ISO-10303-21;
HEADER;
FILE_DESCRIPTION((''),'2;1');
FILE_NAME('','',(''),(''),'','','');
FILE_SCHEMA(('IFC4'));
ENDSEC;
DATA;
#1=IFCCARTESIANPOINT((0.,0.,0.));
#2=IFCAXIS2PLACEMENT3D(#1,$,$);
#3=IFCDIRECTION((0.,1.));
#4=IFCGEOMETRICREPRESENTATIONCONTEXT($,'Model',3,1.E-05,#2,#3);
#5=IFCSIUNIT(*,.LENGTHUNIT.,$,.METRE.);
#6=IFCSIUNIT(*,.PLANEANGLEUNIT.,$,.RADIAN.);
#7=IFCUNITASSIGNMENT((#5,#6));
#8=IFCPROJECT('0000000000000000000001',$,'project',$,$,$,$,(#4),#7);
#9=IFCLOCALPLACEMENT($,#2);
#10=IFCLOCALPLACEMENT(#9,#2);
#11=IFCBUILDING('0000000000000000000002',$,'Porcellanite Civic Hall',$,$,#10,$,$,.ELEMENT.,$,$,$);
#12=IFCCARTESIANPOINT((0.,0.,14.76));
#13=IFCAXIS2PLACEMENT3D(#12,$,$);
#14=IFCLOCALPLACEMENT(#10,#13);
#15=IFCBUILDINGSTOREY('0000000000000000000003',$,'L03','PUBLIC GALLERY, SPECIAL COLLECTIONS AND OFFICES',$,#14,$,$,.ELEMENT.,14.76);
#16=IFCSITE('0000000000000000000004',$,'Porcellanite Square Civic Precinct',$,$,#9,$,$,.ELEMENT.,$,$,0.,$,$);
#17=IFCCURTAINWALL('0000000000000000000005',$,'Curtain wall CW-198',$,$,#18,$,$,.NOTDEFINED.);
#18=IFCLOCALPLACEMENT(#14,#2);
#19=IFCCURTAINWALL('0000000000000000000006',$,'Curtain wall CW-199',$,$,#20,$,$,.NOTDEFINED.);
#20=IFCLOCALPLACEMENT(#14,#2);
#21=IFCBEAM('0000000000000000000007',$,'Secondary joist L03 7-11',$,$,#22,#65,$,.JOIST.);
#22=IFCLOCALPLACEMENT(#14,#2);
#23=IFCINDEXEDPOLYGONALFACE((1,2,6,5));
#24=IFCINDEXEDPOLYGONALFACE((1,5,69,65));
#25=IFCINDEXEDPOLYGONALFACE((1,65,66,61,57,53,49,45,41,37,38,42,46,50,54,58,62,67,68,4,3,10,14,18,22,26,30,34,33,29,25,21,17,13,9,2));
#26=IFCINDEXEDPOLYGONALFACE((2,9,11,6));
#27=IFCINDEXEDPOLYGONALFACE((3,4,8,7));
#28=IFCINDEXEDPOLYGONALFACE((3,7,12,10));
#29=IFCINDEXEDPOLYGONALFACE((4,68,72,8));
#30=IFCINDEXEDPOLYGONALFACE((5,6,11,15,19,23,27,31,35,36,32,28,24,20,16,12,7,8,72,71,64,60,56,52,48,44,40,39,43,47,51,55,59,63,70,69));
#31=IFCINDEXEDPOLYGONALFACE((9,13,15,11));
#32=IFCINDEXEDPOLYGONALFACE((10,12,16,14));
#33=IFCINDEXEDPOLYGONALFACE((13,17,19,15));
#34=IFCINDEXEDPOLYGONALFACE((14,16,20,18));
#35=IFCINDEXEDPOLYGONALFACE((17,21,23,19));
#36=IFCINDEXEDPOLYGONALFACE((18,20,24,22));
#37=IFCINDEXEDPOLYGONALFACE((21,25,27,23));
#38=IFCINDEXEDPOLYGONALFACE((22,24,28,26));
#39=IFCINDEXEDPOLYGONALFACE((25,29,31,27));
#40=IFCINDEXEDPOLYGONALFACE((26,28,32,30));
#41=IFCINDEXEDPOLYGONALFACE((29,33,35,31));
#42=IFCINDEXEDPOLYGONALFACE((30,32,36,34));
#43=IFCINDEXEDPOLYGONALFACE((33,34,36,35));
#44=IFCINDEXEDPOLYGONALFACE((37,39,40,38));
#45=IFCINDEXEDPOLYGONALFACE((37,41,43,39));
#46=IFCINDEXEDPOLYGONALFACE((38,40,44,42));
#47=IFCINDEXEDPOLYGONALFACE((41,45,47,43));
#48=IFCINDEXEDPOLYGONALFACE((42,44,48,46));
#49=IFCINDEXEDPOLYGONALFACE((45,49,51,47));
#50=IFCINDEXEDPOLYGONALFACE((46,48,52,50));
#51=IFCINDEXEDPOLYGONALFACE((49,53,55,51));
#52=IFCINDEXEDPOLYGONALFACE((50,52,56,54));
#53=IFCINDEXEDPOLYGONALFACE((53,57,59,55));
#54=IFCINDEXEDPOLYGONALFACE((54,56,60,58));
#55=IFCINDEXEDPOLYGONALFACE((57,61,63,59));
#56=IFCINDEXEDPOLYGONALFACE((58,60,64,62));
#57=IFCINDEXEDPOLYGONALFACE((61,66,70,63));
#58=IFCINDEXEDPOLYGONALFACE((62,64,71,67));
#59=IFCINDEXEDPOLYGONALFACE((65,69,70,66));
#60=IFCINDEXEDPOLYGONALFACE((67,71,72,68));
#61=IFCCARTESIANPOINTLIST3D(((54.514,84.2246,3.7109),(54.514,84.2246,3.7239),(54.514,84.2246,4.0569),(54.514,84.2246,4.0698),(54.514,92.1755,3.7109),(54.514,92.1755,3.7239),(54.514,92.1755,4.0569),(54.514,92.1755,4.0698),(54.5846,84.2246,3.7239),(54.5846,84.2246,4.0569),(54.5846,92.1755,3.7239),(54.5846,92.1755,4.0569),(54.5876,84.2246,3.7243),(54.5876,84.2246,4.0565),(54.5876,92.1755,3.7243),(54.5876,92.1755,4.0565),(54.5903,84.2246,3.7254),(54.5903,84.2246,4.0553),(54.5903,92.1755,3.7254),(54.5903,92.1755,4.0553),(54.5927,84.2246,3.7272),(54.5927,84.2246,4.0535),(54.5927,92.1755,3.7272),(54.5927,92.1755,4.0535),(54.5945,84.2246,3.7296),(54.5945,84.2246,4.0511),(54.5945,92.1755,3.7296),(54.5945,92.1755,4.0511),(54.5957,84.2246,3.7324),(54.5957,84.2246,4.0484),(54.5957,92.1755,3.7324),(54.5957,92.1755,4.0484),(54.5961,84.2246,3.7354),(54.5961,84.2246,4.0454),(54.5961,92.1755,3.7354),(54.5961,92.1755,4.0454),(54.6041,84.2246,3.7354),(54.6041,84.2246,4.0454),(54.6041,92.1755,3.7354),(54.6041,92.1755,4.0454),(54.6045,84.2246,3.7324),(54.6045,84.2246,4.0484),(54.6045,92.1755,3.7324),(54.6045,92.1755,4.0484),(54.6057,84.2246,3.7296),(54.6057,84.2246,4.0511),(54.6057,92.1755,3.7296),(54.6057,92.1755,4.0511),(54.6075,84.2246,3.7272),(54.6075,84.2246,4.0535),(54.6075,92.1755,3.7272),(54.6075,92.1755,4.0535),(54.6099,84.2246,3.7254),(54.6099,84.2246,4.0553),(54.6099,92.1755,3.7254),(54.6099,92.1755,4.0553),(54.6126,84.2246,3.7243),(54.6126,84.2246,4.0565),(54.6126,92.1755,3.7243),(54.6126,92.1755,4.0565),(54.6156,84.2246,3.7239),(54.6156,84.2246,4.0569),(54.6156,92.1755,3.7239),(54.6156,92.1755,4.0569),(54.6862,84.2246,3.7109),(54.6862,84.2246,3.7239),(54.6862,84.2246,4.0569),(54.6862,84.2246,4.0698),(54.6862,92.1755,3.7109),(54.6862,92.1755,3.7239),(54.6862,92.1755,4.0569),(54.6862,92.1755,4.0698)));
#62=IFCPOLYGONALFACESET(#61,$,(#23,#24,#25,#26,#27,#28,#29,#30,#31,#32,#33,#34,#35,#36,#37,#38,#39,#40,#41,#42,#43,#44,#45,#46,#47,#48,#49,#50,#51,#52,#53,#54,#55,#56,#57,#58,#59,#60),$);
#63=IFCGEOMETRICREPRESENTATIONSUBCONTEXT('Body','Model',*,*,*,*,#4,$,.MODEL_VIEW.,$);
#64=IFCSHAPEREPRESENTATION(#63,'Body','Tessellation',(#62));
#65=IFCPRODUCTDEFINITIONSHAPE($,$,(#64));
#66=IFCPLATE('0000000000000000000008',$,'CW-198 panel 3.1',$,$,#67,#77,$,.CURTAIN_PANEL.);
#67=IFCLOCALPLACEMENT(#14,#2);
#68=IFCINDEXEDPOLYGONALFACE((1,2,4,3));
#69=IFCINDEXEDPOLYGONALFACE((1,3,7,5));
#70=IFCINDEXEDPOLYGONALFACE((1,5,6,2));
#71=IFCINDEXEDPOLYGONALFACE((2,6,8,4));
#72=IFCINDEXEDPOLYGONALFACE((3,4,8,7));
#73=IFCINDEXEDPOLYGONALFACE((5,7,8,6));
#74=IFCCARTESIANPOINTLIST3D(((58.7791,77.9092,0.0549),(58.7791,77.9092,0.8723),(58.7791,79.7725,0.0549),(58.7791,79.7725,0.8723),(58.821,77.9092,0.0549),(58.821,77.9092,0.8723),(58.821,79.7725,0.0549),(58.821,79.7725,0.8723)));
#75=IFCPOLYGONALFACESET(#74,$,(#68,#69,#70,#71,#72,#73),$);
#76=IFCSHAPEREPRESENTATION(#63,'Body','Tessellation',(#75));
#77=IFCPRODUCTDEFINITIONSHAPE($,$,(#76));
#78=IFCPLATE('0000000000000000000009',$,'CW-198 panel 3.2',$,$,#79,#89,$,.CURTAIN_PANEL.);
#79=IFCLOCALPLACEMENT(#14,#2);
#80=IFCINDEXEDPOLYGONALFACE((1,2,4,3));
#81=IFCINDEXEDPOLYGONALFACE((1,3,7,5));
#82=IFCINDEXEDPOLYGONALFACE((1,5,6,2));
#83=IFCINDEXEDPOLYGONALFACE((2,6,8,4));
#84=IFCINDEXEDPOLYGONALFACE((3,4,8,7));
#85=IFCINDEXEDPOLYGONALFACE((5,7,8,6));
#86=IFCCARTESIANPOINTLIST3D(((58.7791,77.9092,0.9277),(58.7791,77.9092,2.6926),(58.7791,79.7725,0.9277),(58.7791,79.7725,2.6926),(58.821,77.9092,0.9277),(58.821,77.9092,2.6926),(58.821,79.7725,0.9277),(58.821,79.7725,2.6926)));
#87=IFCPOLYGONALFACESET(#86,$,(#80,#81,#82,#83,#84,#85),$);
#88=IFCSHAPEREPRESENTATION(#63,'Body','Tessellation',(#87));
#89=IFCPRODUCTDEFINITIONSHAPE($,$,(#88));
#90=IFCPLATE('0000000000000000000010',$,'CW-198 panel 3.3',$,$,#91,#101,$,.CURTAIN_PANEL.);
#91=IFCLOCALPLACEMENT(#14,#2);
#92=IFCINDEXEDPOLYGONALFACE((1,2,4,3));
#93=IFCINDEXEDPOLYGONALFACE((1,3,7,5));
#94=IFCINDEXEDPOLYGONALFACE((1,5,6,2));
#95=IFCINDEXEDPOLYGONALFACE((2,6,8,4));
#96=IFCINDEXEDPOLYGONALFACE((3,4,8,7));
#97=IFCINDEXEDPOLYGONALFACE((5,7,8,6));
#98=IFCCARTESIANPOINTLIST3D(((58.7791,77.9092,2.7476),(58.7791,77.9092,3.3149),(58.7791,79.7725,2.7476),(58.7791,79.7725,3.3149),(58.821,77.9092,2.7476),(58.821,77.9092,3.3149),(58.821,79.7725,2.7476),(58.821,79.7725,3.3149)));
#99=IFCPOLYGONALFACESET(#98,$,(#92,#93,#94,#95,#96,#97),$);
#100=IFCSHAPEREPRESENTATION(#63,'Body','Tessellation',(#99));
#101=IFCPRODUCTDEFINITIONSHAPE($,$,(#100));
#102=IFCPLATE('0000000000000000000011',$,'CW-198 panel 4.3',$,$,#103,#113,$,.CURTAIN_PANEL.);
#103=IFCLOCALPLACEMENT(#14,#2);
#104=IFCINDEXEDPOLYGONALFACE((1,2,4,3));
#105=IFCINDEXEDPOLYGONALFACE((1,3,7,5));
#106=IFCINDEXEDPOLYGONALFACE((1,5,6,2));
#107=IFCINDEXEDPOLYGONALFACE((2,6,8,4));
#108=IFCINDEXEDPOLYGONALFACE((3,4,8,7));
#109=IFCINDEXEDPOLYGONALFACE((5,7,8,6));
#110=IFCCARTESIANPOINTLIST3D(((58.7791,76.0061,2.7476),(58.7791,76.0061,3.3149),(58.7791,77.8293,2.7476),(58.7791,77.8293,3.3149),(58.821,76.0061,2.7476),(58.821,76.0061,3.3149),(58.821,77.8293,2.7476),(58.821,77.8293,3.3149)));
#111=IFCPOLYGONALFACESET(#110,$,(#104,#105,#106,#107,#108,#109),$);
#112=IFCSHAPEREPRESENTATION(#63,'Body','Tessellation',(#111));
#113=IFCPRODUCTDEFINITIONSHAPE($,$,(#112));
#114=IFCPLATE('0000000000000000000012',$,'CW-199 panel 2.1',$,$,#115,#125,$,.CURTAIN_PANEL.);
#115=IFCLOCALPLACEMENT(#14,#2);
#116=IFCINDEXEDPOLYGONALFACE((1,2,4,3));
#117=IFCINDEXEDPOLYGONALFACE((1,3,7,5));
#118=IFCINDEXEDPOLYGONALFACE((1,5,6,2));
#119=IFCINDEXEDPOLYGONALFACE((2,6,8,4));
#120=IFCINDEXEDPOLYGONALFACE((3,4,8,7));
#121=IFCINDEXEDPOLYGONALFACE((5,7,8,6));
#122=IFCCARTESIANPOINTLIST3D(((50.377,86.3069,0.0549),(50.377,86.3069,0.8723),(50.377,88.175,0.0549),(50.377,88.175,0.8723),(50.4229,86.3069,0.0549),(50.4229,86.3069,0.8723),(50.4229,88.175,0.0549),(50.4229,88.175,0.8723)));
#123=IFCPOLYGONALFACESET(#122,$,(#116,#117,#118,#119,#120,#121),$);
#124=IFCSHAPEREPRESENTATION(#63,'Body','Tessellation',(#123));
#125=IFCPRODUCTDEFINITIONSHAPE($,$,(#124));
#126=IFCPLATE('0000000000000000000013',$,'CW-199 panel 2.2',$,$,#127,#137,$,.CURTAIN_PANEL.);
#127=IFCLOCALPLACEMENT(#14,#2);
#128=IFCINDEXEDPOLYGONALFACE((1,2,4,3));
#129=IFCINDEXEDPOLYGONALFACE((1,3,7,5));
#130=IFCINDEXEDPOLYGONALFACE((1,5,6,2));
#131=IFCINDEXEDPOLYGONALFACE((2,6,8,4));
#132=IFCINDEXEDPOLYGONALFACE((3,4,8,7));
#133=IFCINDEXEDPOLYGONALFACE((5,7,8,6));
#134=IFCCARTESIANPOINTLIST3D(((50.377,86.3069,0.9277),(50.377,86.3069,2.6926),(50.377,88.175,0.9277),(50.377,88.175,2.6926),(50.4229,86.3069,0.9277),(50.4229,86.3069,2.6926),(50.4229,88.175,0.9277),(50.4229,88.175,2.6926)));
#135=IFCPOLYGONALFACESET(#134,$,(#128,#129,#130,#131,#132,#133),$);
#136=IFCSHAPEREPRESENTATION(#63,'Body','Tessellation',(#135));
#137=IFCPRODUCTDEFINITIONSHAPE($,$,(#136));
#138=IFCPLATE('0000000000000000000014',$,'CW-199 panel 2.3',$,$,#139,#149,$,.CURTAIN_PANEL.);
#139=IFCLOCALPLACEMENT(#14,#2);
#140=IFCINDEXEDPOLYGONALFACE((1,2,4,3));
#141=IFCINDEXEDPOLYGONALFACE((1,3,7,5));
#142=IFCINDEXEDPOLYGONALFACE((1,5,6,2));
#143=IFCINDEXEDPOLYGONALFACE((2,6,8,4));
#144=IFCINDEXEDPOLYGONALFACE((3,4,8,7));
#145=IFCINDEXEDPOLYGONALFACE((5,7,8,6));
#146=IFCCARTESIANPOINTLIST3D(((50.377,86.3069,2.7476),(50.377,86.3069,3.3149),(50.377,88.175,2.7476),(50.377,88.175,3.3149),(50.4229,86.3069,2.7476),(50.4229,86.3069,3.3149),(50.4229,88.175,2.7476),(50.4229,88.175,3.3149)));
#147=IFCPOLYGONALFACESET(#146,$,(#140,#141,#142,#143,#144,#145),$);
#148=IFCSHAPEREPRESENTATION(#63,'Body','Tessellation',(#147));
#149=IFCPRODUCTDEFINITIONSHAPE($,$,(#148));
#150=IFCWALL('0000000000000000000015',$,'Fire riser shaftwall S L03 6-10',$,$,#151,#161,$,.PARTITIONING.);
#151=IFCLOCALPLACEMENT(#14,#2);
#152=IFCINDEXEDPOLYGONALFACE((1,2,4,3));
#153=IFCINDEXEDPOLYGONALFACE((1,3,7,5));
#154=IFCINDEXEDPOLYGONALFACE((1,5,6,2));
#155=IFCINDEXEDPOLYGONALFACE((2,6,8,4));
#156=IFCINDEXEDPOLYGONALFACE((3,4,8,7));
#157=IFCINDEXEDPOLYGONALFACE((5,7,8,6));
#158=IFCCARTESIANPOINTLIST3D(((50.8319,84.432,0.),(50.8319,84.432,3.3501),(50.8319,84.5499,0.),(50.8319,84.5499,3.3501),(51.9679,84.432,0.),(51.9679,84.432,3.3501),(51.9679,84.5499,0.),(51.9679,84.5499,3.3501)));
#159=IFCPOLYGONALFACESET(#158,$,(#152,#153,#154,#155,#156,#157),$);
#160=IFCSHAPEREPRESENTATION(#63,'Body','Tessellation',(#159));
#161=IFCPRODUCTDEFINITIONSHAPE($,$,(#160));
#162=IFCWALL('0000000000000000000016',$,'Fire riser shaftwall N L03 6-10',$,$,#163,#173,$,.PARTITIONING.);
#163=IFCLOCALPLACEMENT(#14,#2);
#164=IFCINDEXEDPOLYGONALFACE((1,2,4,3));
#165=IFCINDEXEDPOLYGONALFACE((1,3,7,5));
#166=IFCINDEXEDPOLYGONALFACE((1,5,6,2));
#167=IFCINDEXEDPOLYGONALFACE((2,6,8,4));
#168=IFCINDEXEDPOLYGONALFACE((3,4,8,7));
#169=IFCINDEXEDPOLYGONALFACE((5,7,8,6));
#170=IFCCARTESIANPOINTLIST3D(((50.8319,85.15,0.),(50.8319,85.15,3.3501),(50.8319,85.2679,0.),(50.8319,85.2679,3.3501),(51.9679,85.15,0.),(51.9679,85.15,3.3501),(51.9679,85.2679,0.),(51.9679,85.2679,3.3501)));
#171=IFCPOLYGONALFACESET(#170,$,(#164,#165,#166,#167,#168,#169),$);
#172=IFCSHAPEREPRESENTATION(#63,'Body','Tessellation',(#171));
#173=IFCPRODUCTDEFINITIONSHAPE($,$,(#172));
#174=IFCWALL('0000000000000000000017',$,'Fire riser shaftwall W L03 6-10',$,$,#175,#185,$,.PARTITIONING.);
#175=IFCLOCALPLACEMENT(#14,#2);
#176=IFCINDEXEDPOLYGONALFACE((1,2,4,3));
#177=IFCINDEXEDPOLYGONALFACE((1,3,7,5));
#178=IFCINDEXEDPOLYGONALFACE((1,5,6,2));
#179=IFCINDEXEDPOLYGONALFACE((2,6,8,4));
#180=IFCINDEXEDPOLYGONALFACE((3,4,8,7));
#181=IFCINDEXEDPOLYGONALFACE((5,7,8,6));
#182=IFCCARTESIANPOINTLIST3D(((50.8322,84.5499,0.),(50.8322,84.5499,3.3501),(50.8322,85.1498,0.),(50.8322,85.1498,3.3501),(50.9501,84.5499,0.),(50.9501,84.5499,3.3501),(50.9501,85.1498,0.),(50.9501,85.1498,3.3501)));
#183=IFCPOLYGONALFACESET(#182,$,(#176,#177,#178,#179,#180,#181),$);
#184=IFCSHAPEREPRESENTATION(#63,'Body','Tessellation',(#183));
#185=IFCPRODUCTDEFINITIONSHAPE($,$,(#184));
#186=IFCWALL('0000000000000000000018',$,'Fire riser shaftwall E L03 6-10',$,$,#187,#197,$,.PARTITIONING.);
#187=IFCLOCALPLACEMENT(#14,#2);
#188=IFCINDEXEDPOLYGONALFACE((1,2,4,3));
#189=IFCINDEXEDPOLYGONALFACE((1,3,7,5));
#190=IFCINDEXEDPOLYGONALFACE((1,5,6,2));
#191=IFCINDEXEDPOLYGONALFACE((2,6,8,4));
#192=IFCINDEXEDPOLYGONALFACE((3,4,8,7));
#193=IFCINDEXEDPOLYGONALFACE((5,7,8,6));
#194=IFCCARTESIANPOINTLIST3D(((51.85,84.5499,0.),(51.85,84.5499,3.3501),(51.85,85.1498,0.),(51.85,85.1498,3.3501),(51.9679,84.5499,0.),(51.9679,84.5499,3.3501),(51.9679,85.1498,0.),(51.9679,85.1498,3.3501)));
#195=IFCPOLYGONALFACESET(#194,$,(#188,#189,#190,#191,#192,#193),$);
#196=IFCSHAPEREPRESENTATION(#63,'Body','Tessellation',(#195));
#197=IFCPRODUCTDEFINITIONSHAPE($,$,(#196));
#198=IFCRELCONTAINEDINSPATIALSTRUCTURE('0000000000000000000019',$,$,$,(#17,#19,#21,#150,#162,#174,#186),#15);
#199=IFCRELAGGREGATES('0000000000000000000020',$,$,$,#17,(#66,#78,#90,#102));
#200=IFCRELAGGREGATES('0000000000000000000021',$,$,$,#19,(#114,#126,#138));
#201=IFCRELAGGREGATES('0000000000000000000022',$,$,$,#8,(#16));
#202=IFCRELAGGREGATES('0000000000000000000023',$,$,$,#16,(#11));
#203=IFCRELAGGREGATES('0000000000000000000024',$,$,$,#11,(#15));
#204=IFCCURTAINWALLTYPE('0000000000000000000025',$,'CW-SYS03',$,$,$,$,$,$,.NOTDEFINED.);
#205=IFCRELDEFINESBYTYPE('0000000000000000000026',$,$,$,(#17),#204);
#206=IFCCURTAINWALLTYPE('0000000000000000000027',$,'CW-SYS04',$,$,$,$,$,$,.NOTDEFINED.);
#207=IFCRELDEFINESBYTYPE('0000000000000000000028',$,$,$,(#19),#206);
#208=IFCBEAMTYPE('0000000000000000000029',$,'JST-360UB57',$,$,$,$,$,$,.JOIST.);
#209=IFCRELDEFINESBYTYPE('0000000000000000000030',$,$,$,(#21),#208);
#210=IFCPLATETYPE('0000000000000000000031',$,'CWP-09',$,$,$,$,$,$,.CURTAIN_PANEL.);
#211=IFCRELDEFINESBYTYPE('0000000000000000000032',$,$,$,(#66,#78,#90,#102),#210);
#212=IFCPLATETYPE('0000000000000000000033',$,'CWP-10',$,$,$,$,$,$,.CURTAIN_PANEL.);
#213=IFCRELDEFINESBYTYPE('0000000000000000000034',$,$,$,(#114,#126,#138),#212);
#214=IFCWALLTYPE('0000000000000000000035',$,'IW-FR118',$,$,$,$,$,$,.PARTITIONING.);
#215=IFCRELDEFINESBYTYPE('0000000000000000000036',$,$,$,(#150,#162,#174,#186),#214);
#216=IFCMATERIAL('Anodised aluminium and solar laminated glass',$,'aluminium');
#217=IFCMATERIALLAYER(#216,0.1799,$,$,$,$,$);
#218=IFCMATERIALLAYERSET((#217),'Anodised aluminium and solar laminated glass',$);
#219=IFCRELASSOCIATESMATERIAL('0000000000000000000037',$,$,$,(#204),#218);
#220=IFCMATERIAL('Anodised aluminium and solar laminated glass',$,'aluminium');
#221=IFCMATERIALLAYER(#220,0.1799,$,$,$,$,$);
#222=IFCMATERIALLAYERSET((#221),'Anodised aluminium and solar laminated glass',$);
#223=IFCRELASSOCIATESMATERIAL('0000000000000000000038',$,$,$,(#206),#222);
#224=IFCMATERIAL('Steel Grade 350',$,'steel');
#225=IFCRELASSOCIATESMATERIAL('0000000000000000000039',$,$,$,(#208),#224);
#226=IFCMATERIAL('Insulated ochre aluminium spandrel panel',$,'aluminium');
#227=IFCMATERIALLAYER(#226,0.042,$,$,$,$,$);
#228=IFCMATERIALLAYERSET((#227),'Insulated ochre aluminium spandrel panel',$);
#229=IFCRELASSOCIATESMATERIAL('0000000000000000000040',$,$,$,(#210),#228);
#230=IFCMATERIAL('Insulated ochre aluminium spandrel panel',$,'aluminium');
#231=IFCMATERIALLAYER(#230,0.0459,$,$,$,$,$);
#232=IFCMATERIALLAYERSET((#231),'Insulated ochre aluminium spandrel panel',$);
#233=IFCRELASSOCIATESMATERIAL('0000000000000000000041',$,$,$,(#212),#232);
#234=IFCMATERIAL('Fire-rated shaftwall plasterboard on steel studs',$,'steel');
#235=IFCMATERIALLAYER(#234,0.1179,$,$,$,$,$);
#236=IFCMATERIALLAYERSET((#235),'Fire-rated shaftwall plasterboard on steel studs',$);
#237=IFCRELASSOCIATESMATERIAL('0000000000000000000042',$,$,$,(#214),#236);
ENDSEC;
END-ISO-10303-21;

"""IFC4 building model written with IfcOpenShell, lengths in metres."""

from ifc_helpers import new_model, si_unit, direction, frame, frame_2d, origin, origin_2d, place, context, subcontext, project, spatial, rectangle, i_section, extrude, material, layer, layer_set, material_profile, profile_set, type_object, element, aggregate, save


model = new_model("IFC4")

# Units and contexts
model_context = context("Model", 3, precision=1e-05, world=origin(), true_north=direction((0.0, 1.0)))
body_context = subcontext(model_context, "Body", "Model", "MODEL_VIEW")
ifc_project = project(units=[si_unit("LENGTHUNIT", "METRE"), si_unit("PLANEANGLEUNIT", "RADIAN")], contexts=[model_context])

# Site, building, storey
site_placement = place(None, origin())
site = spatial("IfcSite", under=ifc_project, at=site_placement, Name="Porcellanite Square Civic Precinct", CompositionType="ELEMENT", RefElevation=0.0)
building_placement = place(site_placement, origin())
building = spatial("IfcBuilding", under=site, at=building_placement, Name="Porcellanite Civic Hall", CompositionType="ELEMENT")
storey_placement = place(building_placement, frame((0.0, 0.0, 14.76)))
storey = spatial("IfcBuildingStorey", under=building, at=storey_placement, Name="L03", Description="PUBLIC GALLERY, SPECIAL COLLECTIONS AND OFFICES", CompositionType="ELEMENT", Elevation=14.76)

# Curtain walls
ifc_material_1 = material(Name="Anodised aluminium and solar laminated glass", Category="aluminium")
ifc_layer_1 = layer(ifc_material_1, 0.1799)
ifc_layer_set_1 = layer_set([ifc_layer_1], Name="Anodised aluminium and solar laminated glass")
curtain_wall_type_1 = type_object("IfcCurtainWallType", Name="CW-SYS03", PredefinedType="NOTDEFINED", material=ifc_layer_set_1)
curtain_wall_1_placement = place(storey_placement, origin())
curtain_wall_1 = element("IfcCurtainWall", 1, at=curtain_wall_1_placement, inside=storey, type_object=curtain_wall_type_1, Name="Curtain wall CW-198", PredefinedType="NOTDEFINED")
ifc_material_2 = material(Name="Anodised aluminium and solar laminated glass", Category="aluminium")
ifc_layer_2 = layer(ifc_material_2, 0.1799)
ifc_layer_set_2 = layer_set([ifc_layer_2], Name="Anodised aluminium and solar laminated glass")
curtain_wall_type_2 = type_object("IfcCurtainWallType", Name="CW-SYS04", PredefinedType="NOTDEFINED", material=ifc_layer_set_2)
curtain_wall_2_placement = place(storey_placement, origin())
curtain_wall_2 = element("IfcCurtainWall", 2, at=curtain_wall_2_placement, inside=storey, type_object=curtain_wall_type_2, Name="Curtain wall CW-199", PredefinedType="NOTDEFINED")

# Beam
ifc_material_3 = material(Name="Steel Grade 350", Category="steel")
ifc_material_profile_1 = material_profile(ifc_material_3, i_section(OverallWidth=0.1721, OverallDepth=0.3589, WebThickness=0.0081, FlangeThickness=0.0129, FilletRadius=0.0115, at=origin_2d()), Name="360UB56.7")
ifc_profile_set_1 = profile_set([ifc_material_profile_1], Name="Steel Grade 350")
beam_type_1 = type_object("IfcBeamType", Name="JST-360UB57", PredefinedType="JOIST", material=ifc_profile_set_1)
beam_1_placement = place(storey_placement, frame((54.6001, 84.2246, 3.8904), z_axis=(0.0, 1.0, 0.0), x_axis=(-1.0, 0.0, 0.0)))
element("IfcBeam", 3, at=beam_1_placement, inside=storey, type_object=beam_type_1, Name="Secondary joist L03 7-11", PredefinedType="JOIST", context=body_context, shape_type="SweptSolid", body=[
    extrude(i_section(OverallWidth=0.1721, OverallDepth=0.3589, WebThickness=0.0081, FlangeThickness=0.0129, FilletRadius=0.0115, at=origin_2d()), origin(), (0.0, 0.0, 1.0), 7.9509),
])

# Plates
ifc_material_4 = material(Name="Insulated ochre aluminium spandrel panel", Category="aluminium")
ifc_layer_3 = layer(ifc_material_4, 0.042)
ifc_layer_set_3 = layer_set([ifc_layer_3], Name="Insulated ochre aluminium spandrel panel")
plate_type_1 = type_object("IfcPlateType", Name="CWP-09", PredefinedType="CURTAIN_PANEL", material=ifc_layer_set_3)
plate_1_placement = place(storey_placement, frame((58.8, 78.8408, 0.0549), z_axis=(0.0, 0.0, 1.0), x_axis=(0.0, -1.0, 0.0)))
plate_1 = element("IfcPlate", 4, at=plate_1_placement, type_object=plate_type_1, Name="CW-198 panel 3.1", PredefinedType="CURTAIN_PANEL", context=body_context, shape_type="SweptSolid", body=[
    extrude(rectangle(XDim=1.8633, YDim=0.042, at=origin_2d()), origin(), (0.0, 0.0, 1.0), 0.8174),
])
plate_2_placement = place(storey_placement, frame((58.8, 78.8408, 0.9277), z_axis=(0.0, 0.0, 1.0), x_axis=(0.0, -1.0, 0.0)))
plate_2 = element("IfcPlate", 5, at=plate_2_placement, type_object=plate_type_1, Name="CW-198 panel 3.2", PredefinedType="CURTAIN_PANEL", context=body_context, shape_type="SweptSolid", body=[
    extrude(rectangle(XDim=1.8633, YDim=0.042, at=origin_2d()), origin(), (0.0, 0.0, 1.0), 1.7649),
])
plate_3_placement = place(storey_placement, frame((58.8, 78.8408, 2.7476), z_axis=(0.0, 0.0, 1.0), x_axis=(0.0, -1.0, 0.0)))
plate_3 = element("IfcPlate", 6, at=plate_3_placement, type_object=plate_type_1, Name="CW-198 panel 3.3", PredefinedType="CURTAIN_PANEL", context=body_context, shape_type="SweptSolid", body=[
    extrude(rectangle(XDim=1.8633, YDim=0.042, at=origin_2d()), origin(), (0.0, 0.0, 1.0), 0.5674),
])
plate_4_placement = place(storey_placement, frame((58.8, 76.9177, 2.7476), z_axis=(0.0, 0.0, 1.0), x_axis=(0.0, -1.0, 0.0)))
plate_4 = element("IfcPlate", 7, at=plate_4_placement, type_object=plate_type_1, Name="CW-198 panel 4.3", PredefinedType="CURTAIN_PANEL", context=body_context, shape_type="SweptSolid", body=[
    extrude(rectangle(XDim=1.8232, YDim=0.042, at=origin_2d()), origin(), (0.0, 0.0, 1.0), 0.5674),
])
aggregate(curtain_wall_1, [plate_1, plate_2, plate_3, plate_4])
ifc_material_5 = material(Name="Insulated ochre aluminium spandrel panel", Category="aluminium")
ifc_layer_4 = layer(ifc_material_5, 0.0459)
ifc_layer_set_4 = layer_set([ifc_layer_4], Name="Insulated ochre aluminium spandrel panel")
plate_type_2 = type_object("IfcPlateType", Name="CWP-10", PredefinedType="CURTAIN_PANEL", material=ifc_layer_set_4)
plate_5_placement = place(storey_placement, frame((50.3999, 87.241, 0.0549), z_axis=(0.0, 0.0, 1.0), x_axis=(0.0, 1.0, 0.0)))
plate_5 = element("IfcPlate", 8, at=plate_5_placement, type_object=plate_type_2, Name="CW-199 panel 2.1", PredefinedType="CURTAIN_PANEL", context=body_context, shape_type="SweptSolid", body=[
    extrude(rectangle(XDim=1.8682, YDim=0.0459, at=origin_2d()), origin(), (0.0, 0.0, 1.0), 0.8174),
])
plate_6_placement = place(storey_placement, frame((50.3999, 87.241, 0.9277), z_axis=(0.0, 0.0, 1.0), x_axis=(0.0, 1.0, 0.0)))
plate_6 = element("IfcPlate", 9, at=plate_6_placement, type_object=plate_type_2, Name="CW-199 panel 2.2", PredefinedType="CURTAIN_PANEL", context=body_context, shape_type="SweptSolid", body=[
    extrude(rectangle(XDim=1.8682, YDim=0.0459, at=origin_2d()), origin(), (0.0, 0.0, 1.0), 1.7649),
])
plate_7_placement = place(storey_placement, frame((50.3999, 87.241, 2.7476), z_axis=(0.0, 0.0, 1.0), x_axis=(0.0, 1.0, 0.0)))
plate_7 = element("IfcPlate", 10, at=plate_7_placement, type_object=plate_type_2, Name="CW-199 panel 2.3", PredefinedType="CURTAIN_PANEL", context=body_context, shape_type="SweptSolid", body=[
    extrude(rectangle(XDim=1.8682, YDim=0.0459, at=origin_2d()), origin(), (0.0, 0.0, 1.0), 0.5674),
])
aggregate(curtain_wall_2, [plate_5, plate_6, plate_7])

# Walls
ifc_material_6 = material(Name="Fire-rated shaftwall plasterboard on steel studs", Category="steel")
ifc_layer_5 = layer(ifc_material_6, 0.1179)
ifc_layer_set_5 = layer_set([ifc_layer_5], Name="Fire-rated shaftwall plasterboard on steel studs")
wall_type = type_object("IfcWallType", Name="IW-FR118", PredefinedType="PARTITIONING", material=ifc_layer_set_5)
for number, where, z_axis, x_axis, name in (
    (11, (50.832, 84.491, 0.0), (0.0, 0.0, 1.0), (1.0, 0.0, 0.0), "Fire riser shaftwall S L03 6-10"),
    (12, (50.832, 85.209, 0.0), (0.0, 0.0, 1.0), (1.0, 0.0, 0.0), "Fire riser shaftwall N L03 6-10"),
):
    element("IfcWall", number, at=place(storey_placement, frame(where, z_axis=z_axis, x_axis=x_axis)), inside=storey, type_object=wall_type, Name=name, PredefinedType="PARTITIONING", context=body_context, shape_type="SweptSolid", body=[
        extrude(rectangle(XDim=1.136, YDim=0.1179, at=frame_2d((0.5679, 0.0))), origin(), (0.0, 0.0, 1.0), 3.3501),
    ])
for number, where, z_axis, x_axis, name in (
    (13, (50.8911, 84.55, 0.0), (0.0, 0.0, 1.0), (0.0, 1.0, 0.0), "Fire riser shaftwall W L03 6-10"),
    (14, (51.9089, 84.55, 0.0), (0.0, 0.0, 1.0), (0.0, 1.0, 0.0), "Fire riser shaftwall E L03 6-10"),
):
    element("IfcWall", number, at=place(storey_placement, frame(where, z_axis=z_axis, x_axis=x_axis)), inside=storey, type_object=wall_type, Name=name, PredefinedType="PARTITIONING", context=body_context, shape_type="SweptSolid", body=[
        extrude(rectangle(XDim=0.5999, YDim=0.1179, at=frame_2d((0.2998, 0.0))), origin(), (0.0, 0.0, 1.0), 3.3501),
    ])

save(model, "model.ifc")
